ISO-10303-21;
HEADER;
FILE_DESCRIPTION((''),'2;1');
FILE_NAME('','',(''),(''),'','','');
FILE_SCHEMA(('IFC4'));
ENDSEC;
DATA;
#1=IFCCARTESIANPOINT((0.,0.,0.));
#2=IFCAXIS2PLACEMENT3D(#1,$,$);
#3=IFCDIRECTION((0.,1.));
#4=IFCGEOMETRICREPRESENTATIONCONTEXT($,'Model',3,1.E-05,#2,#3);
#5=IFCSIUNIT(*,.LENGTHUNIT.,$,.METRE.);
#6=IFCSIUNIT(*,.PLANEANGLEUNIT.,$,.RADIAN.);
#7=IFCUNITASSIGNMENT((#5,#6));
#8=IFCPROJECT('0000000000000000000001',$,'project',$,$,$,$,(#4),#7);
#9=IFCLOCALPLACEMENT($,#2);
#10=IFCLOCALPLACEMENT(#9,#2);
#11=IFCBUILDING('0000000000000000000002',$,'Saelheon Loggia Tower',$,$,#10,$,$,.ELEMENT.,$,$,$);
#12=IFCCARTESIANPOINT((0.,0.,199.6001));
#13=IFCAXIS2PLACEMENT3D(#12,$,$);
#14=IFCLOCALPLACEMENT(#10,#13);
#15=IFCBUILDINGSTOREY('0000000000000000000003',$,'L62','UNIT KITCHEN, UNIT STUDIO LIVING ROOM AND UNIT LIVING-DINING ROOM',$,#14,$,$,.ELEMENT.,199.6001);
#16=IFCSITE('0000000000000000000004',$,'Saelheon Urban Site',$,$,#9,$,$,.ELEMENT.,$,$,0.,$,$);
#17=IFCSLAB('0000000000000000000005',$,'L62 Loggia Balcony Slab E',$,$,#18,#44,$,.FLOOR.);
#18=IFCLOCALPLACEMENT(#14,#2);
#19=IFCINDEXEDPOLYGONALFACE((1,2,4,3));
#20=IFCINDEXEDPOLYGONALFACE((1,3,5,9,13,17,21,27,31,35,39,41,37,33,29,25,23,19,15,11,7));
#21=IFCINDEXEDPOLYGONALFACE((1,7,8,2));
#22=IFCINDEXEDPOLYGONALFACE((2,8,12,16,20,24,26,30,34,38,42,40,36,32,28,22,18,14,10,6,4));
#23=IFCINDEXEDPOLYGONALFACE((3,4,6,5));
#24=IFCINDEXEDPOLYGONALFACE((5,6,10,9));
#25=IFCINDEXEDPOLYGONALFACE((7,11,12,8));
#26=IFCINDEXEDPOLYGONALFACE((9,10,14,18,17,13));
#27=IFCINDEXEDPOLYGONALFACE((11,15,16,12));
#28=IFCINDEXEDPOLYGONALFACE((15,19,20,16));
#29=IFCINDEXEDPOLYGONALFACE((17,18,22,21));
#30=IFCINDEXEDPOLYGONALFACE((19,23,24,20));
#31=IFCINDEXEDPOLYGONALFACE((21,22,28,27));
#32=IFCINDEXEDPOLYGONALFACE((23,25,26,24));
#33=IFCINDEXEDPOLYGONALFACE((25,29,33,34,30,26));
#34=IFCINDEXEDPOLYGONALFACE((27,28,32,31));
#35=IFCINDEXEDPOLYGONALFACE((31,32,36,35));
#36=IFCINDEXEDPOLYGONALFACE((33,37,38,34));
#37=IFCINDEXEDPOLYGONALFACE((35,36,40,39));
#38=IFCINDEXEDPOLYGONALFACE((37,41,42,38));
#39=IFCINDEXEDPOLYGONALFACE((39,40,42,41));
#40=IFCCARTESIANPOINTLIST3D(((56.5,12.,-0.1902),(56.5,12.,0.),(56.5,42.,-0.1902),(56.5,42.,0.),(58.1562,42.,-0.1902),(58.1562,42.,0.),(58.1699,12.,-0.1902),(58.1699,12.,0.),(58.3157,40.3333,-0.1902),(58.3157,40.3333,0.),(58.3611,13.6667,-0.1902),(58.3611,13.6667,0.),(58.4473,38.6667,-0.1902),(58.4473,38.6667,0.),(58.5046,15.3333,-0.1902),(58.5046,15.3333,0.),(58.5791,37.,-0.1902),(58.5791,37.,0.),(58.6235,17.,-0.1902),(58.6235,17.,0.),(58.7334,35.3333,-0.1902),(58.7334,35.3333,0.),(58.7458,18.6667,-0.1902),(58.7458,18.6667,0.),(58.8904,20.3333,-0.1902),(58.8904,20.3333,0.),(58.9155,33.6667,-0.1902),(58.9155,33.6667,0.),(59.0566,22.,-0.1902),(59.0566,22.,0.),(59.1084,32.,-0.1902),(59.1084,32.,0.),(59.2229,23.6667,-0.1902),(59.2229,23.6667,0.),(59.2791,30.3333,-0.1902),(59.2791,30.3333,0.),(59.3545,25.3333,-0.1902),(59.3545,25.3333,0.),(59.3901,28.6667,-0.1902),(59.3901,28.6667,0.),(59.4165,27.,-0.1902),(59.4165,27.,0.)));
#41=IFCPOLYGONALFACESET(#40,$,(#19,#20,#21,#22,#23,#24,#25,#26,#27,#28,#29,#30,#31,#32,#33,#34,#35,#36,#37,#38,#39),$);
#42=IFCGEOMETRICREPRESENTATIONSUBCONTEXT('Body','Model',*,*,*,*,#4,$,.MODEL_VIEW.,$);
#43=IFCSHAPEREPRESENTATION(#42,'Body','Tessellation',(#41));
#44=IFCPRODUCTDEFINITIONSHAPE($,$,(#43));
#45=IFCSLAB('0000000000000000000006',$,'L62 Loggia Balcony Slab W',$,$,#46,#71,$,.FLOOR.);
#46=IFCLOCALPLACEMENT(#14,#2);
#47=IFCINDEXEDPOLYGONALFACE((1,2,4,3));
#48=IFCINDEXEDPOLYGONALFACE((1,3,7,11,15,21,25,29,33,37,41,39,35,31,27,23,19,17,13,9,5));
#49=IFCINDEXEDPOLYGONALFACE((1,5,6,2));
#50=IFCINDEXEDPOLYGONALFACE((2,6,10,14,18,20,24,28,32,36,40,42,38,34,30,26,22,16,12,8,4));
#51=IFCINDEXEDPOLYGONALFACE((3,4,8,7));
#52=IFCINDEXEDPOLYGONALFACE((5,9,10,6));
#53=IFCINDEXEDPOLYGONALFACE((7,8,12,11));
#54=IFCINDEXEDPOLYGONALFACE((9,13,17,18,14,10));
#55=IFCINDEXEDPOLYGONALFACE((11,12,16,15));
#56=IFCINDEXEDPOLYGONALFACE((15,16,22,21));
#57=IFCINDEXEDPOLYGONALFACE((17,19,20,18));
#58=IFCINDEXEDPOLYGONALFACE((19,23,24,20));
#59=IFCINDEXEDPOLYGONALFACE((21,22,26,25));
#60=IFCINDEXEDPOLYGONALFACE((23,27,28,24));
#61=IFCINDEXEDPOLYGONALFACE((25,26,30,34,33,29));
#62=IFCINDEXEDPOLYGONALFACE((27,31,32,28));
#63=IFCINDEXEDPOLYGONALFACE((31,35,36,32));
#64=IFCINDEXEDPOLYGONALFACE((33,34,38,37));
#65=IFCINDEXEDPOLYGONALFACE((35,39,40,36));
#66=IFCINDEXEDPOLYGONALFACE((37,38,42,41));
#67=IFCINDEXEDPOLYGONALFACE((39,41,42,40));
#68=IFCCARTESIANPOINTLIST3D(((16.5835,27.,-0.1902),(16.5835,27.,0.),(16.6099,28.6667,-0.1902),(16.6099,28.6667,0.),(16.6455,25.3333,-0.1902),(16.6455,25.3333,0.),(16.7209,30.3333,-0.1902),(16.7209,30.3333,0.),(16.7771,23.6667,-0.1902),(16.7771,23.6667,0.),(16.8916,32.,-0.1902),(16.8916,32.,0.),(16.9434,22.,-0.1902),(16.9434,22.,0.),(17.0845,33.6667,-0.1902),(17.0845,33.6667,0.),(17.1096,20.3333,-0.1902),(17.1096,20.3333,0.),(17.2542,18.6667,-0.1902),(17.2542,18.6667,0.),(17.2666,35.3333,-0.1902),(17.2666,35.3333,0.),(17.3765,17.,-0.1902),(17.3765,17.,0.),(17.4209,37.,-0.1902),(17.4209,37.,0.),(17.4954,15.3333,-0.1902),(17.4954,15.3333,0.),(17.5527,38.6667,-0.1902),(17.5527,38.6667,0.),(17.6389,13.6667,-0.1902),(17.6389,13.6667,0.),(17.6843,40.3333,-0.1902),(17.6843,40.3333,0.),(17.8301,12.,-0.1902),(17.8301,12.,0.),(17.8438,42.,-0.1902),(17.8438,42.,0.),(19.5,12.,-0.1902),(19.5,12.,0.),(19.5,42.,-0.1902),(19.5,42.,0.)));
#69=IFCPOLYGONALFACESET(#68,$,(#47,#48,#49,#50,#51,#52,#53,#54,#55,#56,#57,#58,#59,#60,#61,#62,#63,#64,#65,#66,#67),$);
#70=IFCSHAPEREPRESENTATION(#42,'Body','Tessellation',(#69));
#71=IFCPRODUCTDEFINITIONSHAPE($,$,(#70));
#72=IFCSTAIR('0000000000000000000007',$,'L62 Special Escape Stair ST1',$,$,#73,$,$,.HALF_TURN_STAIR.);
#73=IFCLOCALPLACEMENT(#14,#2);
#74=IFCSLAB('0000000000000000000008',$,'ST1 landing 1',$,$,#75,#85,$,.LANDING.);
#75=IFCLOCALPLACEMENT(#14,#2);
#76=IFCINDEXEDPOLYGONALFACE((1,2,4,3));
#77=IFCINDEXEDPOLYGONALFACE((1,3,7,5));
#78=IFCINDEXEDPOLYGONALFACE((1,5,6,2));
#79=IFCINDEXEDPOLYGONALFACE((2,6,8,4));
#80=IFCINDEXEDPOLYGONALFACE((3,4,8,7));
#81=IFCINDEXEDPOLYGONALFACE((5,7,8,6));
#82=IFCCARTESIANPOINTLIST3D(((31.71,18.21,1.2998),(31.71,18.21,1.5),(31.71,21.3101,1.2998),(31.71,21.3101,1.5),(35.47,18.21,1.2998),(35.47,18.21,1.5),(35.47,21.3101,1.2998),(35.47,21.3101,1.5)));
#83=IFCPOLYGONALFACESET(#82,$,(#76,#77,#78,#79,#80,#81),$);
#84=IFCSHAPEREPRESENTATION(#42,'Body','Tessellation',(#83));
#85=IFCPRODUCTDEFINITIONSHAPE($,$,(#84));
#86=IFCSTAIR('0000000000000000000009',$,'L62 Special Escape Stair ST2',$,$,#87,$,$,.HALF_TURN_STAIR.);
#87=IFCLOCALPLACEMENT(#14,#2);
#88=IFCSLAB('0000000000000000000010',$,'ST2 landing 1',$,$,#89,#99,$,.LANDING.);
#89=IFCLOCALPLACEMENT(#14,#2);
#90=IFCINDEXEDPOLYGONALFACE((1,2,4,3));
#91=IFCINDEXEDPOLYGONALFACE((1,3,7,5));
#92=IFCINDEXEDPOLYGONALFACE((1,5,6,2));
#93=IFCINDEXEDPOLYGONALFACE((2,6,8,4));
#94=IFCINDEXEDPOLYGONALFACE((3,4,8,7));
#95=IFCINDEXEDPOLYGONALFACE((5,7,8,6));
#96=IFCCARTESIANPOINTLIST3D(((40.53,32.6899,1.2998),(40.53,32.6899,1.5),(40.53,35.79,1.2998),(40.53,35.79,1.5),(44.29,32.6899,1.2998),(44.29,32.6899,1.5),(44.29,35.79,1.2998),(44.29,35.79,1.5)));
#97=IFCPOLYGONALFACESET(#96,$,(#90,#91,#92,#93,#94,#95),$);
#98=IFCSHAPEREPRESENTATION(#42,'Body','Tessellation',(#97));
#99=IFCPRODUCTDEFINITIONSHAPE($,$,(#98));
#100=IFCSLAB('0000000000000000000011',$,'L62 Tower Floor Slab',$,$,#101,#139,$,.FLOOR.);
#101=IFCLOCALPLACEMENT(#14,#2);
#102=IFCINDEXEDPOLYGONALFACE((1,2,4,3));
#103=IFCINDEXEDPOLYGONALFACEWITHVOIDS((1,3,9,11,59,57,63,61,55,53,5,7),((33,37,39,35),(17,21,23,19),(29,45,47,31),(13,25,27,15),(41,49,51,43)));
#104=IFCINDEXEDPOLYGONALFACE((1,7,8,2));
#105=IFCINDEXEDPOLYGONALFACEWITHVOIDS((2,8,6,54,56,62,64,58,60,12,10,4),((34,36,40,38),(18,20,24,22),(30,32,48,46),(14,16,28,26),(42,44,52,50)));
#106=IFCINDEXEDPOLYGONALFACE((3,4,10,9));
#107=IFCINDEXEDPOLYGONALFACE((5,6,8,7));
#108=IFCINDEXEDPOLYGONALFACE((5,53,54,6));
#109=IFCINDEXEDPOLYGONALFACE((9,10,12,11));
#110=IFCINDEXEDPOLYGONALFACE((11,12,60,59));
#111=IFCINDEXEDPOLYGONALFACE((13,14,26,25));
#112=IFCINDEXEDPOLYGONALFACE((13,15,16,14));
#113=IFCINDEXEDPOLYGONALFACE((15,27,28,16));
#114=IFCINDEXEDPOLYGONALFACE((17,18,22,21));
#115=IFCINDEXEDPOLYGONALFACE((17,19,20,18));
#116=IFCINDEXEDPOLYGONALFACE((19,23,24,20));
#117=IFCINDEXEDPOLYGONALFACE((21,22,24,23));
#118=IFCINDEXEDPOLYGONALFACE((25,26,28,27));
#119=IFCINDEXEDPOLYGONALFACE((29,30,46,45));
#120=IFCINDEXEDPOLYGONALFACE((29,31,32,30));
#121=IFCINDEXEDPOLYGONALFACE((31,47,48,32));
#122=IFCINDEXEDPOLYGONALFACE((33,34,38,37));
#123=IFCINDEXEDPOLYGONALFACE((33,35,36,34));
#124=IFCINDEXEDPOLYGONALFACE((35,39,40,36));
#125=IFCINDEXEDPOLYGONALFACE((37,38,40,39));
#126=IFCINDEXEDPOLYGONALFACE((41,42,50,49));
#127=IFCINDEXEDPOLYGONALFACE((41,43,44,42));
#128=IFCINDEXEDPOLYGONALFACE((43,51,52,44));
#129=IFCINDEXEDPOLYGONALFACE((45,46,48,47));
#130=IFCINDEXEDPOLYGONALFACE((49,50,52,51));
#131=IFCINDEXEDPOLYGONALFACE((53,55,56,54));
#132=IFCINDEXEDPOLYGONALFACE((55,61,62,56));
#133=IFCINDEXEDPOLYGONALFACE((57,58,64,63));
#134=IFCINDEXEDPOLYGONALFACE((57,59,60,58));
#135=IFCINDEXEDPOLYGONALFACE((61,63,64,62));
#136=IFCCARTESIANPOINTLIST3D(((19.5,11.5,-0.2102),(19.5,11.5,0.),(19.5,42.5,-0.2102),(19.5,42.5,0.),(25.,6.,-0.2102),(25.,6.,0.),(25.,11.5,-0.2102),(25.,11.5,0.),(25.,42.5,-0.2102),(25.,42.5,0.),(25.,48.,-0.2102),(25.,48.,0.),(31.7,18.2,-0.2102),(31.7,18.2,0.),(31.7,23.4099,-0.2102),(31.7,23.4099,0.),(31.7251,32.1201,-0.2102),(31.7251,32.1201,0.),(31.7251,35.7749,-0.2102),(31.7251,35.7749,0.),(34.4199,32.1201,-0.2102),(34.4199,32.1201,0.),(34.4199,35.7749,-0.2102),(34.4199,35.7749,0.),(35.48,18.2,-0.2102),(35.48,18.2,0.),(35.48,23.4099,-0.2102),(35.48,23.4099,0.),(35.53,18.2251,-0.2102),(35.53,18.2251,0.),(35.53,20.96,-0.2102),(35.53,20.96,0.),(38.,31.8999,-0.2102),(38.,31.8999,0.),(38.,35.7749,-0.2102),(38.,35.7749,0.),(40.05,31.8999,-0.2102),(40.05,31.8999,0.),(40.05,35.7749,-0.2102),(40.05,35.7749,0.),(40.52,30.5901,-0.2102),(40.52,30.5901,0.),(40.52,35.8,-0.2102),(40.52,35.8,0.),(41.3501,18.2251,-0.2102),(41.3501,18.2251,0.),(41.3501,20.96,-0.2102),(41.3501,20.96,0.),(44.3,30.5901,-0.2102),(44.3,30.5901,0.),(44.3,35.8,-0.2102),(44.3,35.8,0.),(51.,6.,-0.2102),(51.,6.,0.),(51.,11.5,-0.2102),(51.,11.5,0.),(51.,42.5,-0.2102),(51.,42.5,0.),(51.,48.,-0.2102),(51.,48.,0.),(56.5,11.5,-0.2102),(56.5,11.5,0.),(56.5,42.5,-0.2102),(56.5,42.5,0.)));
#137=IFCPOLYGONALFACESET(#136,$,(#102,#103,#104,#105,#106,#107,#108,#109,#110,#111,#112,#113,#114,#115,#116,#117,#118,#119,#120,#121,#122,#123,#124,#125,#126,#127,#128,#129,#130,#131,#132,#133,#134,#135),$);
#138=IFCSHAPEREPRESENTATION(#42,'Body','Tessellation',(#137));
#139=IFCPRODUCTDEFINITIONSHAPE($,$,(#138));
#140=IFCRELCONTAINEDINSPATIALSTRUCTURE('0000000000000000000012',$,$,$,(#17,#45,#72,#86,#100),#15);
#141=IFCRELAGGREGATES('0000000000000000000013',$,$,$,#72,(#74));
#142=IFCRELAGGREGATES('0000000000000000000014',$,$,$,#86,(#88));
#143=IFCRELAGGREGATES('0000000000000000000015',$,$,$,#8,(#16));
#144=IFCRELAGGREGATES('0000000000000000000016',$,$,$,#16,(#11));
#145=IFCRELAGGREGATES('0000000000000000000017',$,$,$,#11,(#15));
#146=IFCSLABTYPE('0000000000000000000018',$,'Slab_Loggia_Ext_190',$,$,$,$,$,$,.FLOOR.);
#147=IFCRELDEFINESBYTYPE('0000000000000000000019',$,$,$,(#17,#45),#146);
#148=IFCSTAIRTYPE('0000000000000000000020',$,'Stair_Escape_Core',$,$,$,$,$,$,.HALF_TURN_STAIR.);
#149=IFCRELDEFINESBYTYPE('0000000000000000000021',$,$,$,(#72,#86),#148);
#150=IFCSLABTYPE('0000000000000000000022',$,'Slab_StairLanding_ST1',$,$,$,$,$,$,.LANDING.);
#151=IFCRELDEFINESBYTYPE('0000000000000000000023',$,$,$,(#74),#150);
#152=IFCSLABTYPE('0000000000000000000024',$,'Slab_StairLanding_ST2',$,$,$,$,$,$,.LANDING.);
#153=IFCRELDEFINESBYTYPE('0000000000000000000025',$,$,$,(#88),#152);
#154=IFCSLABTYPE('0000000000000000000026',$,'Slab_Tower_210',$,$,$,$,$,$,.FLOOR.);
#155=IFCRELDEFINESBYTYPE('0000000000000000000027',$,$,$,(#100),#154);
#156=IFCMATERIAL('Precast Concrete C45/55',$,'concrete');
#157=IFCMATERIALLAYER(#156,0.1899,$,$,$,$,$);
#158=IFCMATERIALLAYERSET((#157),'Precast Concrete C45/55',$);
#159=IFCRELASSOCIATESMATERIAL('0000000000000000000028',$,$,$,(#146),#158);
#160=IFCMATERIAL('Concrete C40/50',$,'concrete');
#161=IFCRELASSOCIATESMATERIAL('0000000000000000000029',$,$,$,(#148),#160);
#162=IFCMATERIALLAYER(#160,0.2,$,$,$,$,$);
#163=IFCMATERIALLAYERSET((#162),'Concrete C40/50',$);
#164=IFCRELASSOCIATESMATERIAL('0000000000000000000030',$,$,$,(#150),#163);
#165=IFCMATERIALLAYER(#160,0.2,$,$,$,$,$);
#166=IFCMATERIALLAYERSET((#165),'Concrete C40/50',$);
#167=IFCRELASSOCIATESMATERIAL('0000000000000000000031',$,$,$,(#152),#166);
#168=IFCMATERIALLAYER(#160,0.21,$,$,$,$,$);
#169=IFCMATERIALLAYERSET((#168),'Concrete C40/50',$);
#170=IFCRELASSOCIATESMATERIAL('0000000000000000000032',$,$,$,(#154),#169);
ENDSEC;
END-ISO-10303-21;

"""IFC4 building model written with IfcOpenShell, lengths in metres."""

from ifc_helpers import new_model, si_unit, direction, frame, origin, place, context, subcontext, project, spatial, polyline, outline, extrude, material, layer, layer_set, type_object, element, aggregate, save


model = new_model("IFC4")

# Units and contexts
model_context = context("Model", 3, precision=1e-05, world=origin(), true_north=direction((0.0, 1.0)))
body_context = subcontext(model_context, "Body", "Model", "MODEL_VIEW")
ifc_project = project(units=[si_unit("LENGTHUNIT", "METRE"), si_unit("PLANEANGLEUNIT", "RADIAN")], contexts=[model_context])

# Site, building, storey
site_placement = place(None, origin())
site = spatial("IfcSite", under=ifc_project, at=site_placement, Name="Saelheon Urban Site", CompositionType="ELEMENT", RefElevation=0.0)
building_placement = place(site_placement, origin())
building = spatial("IfcBuilding", under=site, at=building_placement, Name="Saelheon Loggia Tower", CompositionType="ELEMENT")
storey_placement = place(building_placement, frame((0.0, 0.0, 199.6001)))
storey = spatial("IfcBuildingStorey", under=building, at=storey_placement, Name="L62", Description="UNIT KITCHEN, UNIT STUDIO LIVING ROOM AND UNIT LIVING-DINING ROOM", CompositionType="ELEMENT", Elevation=199.6001)

# Shared definitions
ifc_material_1 = material(Name="Precast Concrete C45/55", Category="concrete")

# Shared definitions
ifc_material_2 = material(Name="Concrete C40/50", Category="concrete")

# Slabs
ifc_layer_1 = layer(ifc_material_1, 0.1899)
ifc_layer_set_1 = layer_set([ifc_layer_1], Name="Precast Concrete C45/55")
slab_type_1 = type_object("IfcSlabType", Name="Slab_Loggia_Ext_190", PredefinedType="FLOOR", material=ifc_layer_set_1)
slab_1_placement = place(storey_placement, frame((0.0, 0.0, -0.1902)))
element("IfcSlab", 1, at=slab_1_placement, inside=storey, type_object=slab_type_1, Name="L62 Loggia Balcony Slab E", PredefinedType="FLOOR", context=body_context, shape_type="SweptSolid", body=[
    extrude(outline(polyline([(56.5, 12.0), (58.1699, 12.0), (58.3611, 13.6667), (58.5046, 15.3333), (58.6235, 17.0), (58.7458, 18.6667), (58.8904, 20.3333), (59.0566, 22.0), (59.2229, 23.6667), (59.3545, 25.3333), (59.4165, 27.0), (59.3901, 28.6667), (59.2791, 30.3333), (59.1084, 32.0), (58.9155, 33.6667), (58.7334, 35.3333), (58.5791, 37.0), (58.4473, 38.6667), (58.3157, 40.3333), (58.1562, 42.0), (56.5, 42.0), (56.5, 12.0)])), origin(), (0.0, 0.0, 1.0), 0.1902),
])
slab_2_placement = place(storey_placement, frame((0.0, 0.0, -0.1902)))
element("IfcSlab", 2, at=slab_2_placement, inside=storey, type_object=slab_type_1, Name="L62 Loggia Balcony Slab W", PredefinedType="FLOOR", context=body_context, shape_type="SweptSolid", body=[
    extrude(outline(polyline([(19.5, 12.0), (19.5, 42.0), (17.8438, 42.0), (17.6843, 40.3333), (17.5527, 38.6667), (17.4209, 37.0), (17.2666, 35.3333), (17.0845, 33.6667), (16.8916, 32.0), (16.7209, 30.3333), (16.6099, 28.6667), (16.5835, 27.0), (16.6455, 25.3333), (16.7771, 23.6667), (16.9434, 22.0), (17.1096, 20.3333), (17.2542, 18.6667), (17.3765, 17.0), (17.4954, 15.3333), (17.6389, 13.6667), (17.8301, 12.0), (19.5, 12.0)])), origin(), (0.0, 0.0, 1.0), 0.1902),
])

# Stairs, slabs
stair_type = type_object("IfcStairType", Name="Stair_Escape_Core", PredefinedType="HALF_TURN_STAIR", material=ifc_material_2)
stair_1_placement = place(storey_placement, origin())
stair_1 = element("IfcStair", 3, at=stair_1_placement, inside=storey, type_object=stair_type, Name="L62 Special Escape Stair ST1", PredefinedType="HALF_TURN_STAIR")
ifc_layer_2 = layer(ifc_material_2, 0.2)
ifc_layer_set_2 = layer_set([ifc_layer_2], Name="Concrete C40/50")
slab_type_2 = type_object("IfcSlabType", Name="Slab_StairLanding_ST1", PredefinedType="LANDING", material=ifc_layer_set_2)
slab_3_placement = place(storey_placement, frame((0.0, 0.0, 1.2998)))
slab_3 = element("IfcSlab", 4, at=slab_3_placement, type_object=slab_type_2, Name="ST1 landing 1", PredefinedType="LANDING", context=body_context, shape_type="SweptSolid", body=[
    extrude(outline(polyline([(31.71, 21.3101), (31.71, 18.21), (35.47, 18.21), (35.47, 21.3101), (31.71, 21.3101)])), origin(), (0.0, 0.0, 1.0), 0.2002),
])
aggregate(stair_1, [slab_3])
stair_2_placement = place(storey_placement, origin())
stair_2 = element("IfcStair", 5, at=stair_2_placement, inside=storey, type_object=stair_type, Name="L62 Special Escape Stair ST2", PredefinedType="HALF_TURN_STAIR")
ifc_layer_3 = layer(ifc_material_2, 0.2)
ifc_layer_set_3 = layer_set([ifc_layer_3], Name="Concrete C40/50")
slab_type_3 = type_object("IfcSlabType", Name="Slab_StairLanding_ST2", PredefinedType="LANDING", material=ifc_layer_set_3)
slab_4_placement = place(storey_placement, frame((0.0, 0.0, 1.2998)))
slab_4 = element("IfcSlab", 6, at=slab_4_placement, type_object=slab_type_3, Name="ST2 landing 1", PredefinedType="LANDING", context=body_context, shape_type="SweptSolid", body=[
    extrude(outline(polyline([(44.29, 32.6899), (44.29, 35.79), (40.53, 35.79), (40.53, 32.6899), (44.29, 32.6899)])), origin(), (0.0, 0.0, 1.0), 0.2002),
])
aggregate(stair_2, [slab_4])

# Slab
ifc_layer_4 = layer(ifc_material_2, 0.21)
ifc_layer_set_4 = layer_set([ifc_layer_4], Name="Concrete C40/50")
slab_type_4 = type_object("IfcSlabType", Name="Slab_Tower_210", PredefinedType="FLOOR", material=ifc_layer_set_4)
slab_5_placement = place(storey_placement, frame((0.0, 0.0, -0.2102)))
element("IfcSlab", 7, at=slab_5_placement, inside=storey, type_object=slab_type_4, Name="L62 Tower Floor Slab", PredefinedType="FLOOR", context=body_context, shape_type="SweptSolid", body=[
    extrude(outline(polyline([(25.0, 6.0), (51.0, 6.0), (51.0, 11.5), (56.5, 11.5), (56.5, 42.5), (51.0, 42.5), (51.0, 48.0), (25.0, 48.0), (25.0, 42.5), (19.5, 42.5), (19.5, 11.5), (25.0, 11.5), (25.0, 6.0)]), holes=[polyline([(31.7, 23.4099), (31.7, 18.2), (35.48, 18.2), (35.48, 23.4099), (31.7, 23.4099)]), polyline([(44.3, 30.5901), (44.3, 35.8), (40.52, 35.8), (40.52, 30.5901), (44.3, 30.5901)]), polyline([(35.53, 18.2251), (41.3501, 18.2251), (41.3501, 20.96), (35.53, 20.96), (35.53, 18.2251)]), polyline([(31.7251, 32.1201), (34.4199, 32.1201), (34.4199, 35.7749), (31.7251, 35.7749), (31.7251, 32.1201)]), polyline([(38.0, 31.8999), (40.05, 31.8999), (40.05, 35.7749), (38.0, 35.7749), (38.0, 31.8999)])]), origin(), (0.0, 0.0, 1.0), 0.2102),
])

save(model, "model.ifc")
